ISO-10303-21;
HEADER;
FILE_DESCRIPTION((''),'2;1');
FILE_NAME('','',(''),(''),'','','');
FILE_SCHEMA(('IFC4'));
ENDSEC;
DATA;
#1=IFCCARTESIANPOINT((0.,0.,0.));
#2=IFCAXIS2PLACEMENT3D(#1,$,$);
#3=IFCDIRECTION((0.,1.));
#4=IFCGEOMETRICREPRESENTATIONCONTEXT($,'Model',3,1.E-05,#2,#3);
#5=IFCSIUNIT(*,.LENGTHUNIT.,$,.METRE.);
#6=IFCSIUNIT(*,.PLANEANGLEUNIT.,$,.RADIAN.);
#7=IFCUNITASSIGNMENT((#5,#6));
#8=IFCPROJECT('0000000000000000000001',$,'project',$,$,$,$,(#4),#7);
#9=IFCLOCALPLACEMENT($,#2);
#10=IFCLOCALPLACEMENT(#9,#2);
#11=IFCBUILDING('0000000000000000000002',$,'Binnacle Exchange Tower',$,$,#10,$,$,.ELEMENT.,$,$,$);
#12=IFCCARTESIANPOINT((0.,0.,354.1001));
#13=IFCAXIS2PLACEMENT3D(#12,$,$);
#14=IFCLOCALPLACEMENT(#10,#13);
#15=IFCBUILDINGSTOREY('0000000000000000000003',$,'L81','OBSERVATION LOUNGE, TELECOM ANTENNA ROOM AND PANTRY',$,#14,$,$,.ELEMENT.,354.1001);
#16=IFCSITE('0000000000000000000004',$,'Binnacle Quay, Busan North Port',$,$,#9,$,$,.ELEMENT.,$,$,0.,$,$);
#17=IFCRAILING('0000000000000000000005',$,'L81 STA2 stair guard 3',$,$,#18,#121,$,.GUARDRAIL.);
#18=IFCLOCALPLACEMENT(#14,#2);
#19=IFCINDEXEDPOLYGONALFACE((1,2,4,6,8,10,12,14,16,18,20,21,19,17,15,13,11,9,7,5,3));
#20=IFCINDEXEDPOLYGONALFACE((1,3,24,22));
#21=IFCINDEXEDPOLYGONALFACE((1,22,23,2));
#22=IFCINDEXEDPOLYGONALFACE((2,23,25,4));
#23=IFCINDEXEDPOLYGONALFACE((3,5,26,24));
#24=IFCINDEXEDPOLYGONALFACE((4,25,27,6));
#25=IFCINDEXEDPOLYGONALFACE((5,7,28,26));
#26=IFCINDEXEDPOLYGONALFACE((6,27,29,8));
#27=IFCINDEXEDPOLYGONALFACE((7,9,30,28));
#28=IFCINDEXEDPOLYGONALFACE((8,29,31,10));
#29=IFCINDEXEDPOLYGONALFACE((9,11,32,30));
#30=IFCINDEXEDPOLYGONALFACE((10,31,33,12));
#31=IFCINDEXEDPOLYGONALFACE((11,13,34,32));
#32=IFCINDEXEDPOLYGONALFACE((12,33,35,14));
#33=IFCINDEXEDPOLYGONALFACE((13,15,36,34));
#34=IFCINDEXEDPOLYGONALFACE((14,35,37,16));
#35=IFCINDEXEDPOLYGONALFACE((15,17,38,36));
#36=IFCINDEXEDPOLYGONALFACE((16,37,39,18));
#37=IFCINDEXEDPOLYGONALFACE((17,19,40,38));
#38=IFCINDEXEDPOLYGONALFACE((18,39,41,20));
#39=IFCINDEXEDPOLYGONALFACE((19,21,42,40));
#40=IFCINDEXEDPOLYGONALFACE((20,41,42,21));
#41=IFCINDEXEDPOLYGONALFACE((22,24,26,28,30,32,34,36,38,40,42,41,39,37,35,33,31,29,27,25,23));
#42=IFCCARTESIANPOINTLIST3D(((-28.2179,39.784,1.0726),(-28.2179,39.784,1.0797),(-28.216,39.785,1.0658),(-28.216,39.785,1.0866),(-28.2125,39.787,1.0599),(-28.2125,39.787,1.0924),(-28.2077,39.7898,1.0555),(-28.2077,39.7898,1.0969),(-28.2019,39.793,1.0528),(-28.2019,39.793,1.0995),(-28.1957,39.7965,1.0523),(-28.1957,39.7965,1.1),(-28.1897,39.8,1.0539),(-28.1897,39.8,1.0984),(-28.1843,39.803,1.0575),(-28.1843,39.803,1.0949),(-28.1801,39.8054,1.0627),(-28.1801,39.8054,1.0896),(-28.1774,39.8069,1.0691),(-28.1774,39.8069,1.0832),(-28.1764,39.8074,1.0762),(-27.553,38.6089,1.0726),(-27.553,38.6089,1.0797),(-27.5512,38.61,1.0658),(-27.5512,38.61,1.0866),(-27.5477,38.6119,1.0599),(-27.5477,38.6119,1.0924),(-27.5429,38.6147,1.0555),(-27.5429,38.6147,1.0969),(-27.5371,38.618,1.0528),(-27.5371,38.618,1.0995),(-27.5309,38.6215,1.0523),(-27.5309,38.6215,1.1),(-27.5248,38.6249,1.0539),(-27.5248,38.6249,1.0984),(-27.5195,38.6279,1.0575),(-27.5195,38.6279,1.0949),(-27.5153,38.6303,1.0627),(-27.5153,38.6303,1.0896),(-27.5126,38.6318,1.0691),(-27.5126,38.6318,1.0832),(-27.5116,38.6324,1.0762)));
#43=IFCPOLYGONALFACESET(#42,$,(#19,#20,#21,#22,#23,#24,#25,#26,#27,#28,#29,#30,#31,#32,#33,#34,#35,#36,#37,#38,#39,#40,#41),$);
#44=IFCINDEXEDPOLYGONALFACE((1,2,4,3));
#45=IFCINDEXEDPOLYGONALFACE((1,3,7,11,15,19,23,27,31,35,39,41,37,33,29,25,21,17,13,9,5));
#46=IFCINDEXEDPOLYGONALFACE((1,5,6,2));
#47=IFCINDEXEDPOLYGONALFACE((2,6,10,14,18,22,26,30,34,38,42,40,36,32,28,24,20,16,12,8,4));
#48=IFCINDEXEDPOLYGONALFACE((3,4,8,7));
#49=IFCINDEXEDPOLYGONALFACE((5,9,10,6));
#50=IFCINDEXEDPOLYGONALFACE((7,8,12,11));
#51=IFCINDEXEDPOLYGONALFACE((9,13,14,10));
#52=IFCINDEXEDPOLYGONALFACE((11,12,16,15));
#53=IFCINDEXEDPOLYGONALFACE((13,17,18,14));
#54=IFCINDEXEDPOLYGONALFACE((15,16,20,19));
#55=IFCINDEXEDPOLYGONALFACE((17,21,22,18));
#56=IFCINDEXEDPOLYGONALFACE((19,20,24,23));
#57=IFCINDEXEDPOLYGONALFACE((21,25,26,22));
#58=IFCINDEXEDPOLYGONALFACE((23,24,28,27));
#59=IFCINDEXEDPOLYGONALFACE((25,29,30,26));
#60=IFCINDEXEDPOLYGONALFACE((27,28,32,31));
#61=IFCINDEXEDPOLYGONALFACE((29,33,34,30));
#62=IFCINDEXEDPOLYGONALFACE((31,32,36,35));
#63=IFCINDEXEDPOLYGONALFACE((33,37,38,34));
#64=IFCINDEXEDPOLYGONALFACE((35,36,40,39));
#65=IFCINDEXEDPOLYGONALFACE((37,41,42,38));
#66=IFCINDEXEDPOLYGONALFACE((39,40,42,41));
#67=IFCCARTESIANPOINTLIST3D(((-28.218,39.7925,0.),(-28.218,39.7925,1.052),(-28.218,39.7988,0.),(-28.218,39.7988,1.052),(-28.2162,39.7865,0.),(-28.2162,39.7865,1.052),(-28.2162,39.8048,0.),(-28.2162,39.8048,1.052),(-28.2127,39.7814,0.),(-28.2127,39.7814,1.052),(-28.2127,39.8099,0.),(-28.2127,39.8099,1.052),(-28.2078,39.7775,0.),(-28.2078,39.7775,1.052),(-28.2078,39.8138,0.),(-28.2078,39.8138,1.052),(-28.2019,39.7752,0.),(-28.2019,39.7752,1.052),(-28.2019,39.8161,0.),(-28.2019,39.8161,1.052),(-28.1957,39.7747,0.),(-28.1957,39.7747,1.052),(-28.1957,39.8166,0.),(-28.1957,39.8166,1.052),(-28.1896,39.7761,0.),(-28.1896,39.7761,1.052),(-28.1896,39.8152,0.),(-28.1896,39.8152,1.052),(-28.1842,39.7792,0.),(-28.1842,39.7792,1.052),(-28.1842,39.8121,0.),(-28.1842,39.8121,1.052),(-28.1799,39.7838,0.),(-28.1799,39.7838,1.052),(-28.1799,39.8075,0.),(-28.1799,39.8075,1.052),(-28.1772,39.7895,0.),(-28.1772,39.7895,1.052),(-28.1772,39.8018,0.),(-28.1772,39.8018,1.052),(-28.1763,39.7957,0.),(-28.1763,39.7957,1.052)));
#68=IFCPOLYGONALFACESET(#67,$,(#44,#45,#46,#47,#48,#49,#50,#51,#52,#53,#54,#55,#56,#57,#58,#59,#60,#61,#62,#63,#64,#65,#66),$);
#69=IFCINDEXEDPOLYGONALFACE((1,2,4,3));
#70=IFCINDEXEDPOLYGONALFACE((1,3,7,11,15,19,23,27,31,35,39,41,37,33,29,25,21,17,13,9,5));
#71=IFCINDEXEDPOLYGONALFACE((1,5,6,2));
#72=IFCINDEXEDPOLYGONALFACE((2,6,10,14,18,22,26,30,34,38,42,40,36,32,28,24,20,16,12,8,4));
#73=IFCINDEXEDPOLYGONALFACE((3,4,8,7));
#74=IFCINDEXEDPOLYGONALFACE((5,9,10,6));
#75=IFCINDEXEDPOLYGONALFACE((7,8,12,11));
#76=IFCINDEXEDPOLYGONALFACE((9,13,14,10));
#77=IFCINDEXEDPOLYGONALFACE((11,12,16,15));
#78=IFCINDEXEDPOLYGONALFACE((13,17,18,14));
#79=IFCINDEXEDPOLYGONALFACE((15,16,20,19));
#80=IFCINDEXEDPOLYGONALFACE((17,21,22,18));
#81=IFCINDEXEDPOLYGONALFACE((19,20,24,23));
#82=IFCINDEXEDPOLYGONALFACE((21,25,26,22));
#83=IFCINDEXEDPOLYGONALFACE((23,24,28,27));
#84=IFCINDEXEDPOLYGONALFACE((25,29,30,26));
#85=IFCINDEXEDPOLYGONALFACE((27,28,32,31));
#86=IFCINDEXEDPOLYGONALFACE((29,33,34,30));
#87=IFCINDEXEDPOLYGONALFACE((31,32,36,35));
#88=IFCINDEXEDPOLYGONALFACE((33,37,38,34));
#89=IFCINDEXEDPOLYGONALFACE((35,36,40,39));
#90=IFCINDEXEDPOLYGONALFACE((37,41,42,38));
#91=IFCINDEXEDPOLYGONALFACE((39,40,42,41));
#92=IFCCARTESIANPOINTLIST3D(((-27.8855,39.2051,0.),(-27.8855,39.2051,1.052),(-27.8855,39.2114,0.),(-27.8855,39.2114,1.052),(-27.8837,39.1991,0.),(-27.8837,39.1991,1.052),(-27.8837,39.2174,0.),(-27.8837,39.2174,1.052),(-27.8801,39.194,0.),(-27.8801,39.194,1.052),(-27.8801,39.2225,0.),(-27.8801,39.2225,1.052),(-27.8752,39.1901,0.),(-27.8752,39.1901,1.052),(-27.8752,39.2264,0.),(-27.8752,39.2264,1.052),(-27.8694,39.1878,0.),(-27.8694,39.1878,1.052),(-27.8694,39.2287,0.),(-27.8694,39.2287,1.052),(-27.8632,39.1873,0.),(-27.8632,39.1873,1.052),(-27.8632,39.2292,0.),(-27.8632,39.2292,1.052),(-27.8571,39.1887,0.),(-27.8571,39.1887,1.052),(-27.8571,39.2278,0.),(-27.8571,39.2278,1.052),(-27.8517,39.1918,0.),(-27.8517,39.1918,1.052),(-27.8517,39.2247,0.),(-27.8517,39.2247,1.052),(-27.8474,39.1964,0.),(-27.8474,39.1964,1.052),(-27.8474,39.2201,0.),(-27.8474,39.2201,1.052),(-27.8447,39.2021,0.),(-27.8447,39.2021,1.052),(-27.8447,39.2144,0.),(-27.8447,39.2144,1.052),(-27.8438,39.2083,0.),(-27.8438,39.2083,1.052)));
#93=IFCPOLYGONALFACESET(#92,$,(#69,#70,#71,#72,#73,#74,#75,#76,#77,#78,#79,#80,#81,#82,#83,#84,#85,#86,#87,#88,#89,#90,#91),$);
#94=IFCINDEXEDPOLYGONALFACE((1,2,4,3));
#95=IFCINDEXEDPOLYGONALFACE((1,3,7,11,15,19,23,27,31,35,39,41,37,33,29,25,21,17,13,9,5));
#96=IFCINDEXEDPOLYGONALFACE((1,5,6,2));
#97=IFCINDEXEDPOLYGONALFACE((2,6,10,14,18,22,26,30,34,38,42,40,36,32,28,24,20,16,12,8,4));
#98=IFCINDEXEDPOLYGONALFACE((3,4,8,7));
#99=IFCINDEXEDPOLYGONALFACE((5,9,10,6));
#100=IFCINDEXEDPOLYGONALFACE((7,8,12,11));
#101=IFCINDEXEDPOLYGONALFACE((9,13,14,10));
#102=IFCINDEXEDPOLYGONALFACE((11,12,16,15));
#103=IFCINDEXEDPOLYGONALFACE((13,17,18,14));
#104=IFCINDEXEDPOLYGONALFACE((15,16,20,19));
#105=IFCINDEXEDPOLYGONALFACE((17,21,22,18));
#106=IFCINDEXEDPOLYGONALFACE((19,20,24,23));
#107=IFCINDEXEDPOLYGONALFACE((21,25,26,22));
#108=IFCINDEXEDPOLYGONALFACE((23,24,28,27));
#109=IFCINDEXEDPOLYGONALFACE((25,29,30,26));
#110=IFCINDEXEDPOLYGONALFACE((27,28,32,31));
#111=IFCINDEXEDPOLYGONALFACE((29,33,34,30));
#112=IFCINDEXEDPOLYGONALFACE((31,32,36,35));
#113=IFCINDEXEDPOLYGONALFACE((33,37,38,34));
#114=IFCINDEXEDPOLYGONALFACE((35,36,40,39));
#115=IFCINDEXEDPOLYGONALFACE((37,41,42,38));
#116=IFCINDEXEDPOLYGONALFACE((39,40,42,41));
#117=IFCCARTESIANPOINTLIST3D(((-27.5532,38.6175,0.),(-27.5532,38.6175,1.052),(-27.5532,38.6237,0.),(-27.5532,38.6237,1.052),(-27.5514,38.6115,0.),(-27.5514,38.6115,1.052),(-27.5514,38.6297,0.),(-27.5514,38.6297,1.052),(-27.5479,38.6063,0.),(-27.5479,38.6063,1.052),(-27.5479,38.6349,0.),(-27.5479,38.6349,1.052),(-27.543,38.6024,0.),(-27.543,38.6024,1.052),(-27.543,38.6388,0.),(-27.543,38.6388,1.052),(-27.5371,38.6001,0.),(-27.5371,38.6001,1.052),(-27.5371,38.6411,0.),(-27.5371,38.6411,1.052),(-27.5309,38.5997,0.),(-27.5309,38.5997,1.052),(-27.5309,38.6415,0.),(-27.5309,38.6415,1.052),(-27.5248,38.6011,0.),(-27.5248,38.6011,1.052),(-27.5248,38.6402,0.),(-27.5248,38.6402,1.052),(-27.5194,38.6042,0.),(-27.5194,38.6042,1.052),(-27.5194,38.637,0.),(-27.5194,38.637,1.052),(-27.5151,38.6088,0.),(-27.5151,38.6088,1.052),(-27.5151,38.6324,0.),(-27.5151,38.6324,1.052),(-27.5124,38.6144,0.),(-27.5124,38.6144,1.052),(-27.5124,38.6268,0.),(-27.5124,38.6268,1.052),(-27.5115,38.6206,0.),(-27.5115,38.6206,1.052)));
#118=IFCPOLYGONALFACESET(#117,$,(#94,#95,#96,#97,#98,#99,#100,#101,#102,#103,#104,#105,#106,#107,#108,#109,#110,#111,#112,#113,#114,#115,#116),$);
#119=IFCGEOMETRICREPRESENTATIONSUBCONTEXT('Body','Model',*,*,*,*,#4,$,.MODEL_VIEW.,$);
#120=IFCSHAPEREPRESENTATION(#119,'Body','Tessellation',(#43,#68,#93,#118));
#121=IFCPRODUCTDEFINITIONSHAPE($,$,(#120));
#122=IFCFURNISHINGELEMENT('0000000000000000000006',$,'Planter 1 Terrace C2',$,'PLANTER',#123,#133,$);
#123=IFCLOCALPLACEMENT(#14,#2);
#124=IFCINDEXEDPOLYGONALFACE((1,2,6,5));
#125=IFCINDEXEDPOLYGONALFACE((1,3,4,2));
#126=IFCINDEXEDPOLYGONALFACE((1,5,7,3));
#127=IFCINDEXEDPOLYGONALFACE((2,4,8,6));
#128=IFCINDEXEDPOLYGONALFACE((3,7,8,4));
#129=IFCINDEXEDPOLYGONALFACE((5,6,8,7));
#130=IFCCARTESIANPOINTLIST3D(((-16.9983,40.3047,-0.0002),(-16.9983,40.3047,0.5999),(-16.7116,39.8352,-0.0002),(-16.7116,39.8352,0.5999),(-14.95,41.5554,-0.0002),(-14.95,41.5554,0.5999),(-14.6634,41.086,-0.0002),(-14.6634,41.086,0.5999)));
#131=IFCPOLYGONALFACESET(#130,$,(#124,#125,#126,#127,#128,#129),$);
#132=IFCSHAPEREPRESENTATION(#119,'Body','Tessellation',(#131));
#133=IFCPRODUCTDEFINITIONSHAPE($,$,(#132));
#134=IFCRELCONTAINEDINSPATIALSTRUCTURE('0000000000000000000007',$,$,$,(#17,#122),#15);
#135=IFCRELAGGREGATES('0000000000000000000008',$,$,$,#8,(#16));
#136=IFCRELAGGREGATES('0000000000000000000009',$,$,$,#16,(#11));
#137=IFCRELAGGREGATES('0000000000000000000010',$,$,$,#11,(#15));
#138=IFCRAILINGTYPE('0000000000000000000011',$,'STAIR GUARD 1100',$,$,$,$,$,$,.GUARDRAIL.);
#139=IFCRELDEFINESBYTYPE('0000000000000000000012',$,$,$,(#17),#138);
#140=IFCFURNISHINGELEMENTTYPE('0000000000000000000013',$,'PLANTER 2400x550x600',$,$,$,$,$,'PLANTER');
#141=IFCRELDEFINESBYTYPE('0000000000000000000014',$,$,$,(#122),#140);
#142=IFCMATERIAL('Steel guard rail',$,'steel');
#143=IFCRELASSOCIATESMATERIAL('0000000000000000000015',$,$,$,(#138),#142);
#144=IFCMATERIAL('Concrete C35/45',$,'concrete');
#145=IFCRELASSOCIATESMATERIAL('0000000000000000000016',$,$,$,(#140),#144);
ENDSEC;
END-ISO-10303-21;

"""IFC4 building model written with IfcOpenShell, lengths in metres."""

from ifc_helpers import new_model, si_unit, direction, frame, origin, origin_2d, place, context, subcontext, project, spatial, rectangle, circle, extrude, material, type_object, element, save


model = new_model("IFC4")

# Units and contexts
model_context = context("Model", 3, precision=1e-05, world=origin(), true_north=direction((0.0, 1.0)))
body_context = subcontext(model_context, "Body", "Model", "MODEL_VIEW")
ifc_project = project(units=[si_unit("LENGTHUNIT", "METRE"), si_unit("PLANEANGLEUNIT", "RADIAN")], contexts=[model_context])

# Site, building, storey
site_placement = place(None, origin())
site = spatial("IfcSite", under=ifc_project, at=site_placement, Name="Binnacle Quay, Busan North Port", CompositionType="ELEMENT", RefElevation=0.0)
building_placement = place(site_placement, origin())
building = spatial("IfcBuilding", under=site, at=building_placement, Name="Binnacle Exchange Tower", CompositionType="ELEMENT")
storey_placement = place(building_placement, frame((0.0, 0.0, 354.1001)))
storey = spatial("IfcBuildingStorey", under=building, at=storey_placement, Name="L81", Description="OBSERVATION LOUNGE, TELECOM ANTENNA ROOM AND PANTRY", CompositionType="ELEMENT", Elevation=354.1001)

# Shared definitions
ifc_material_1 = material(Name="Concrete C35/45", Category="concrete")

# Railing
ifc_material_2 = material(Name="Steel guard rail", Category="steel")
railing_type_1 = type_object("IfcRailingType", Name="STAIR GUARD 1100", PredefinedType="GUARDRAIL", material=ifc_material_2)
railing_1_placement = place(storey_placement, frame((-28.1973, 39.7957, 0.0)))
element("IfcRailing", 1, at=railing_1_placement, inside=storey, type_object=railing_type_1, Name="L81 STA2 stair guard 3", PredefinedType="GUARDRAIL", context=body_context, shape_type="SweptSolid", body=[
    extrude(circle(Radius=0.0239, at=origin_2d()), frame((0.0, 0.0, 1.0762), z_axis=(0.492415, -0.870361, 0.0), x_axis=(0.870361, 0.492415, 0.0)), (0.0, 0.0, 1.0), 1.3501),
    extrude(circle(Radius=0.021, at=origin_2d()), origin(), (0.0, 0.0, 1.0), 1.052),
    extrude(circle(Radius=0.021, at=origin_2d()), frame((0.3325, -0.5874, 0.0)), (0.0, 0.0, 1.0), 1.052),
    extrude(circle(Radius=0.021, at=origin_2d()), frame((0.6648, -1.175, 0.0)), (0.0, 0.0, 1.0), 1.052),
])

# Furnishing element
furnishing_element_type = type_object("IfcFurnishingElementType", Name="PLANTER 2400x550x600", ElementType="PLANTER", material=ifc_material_1)
furnishing_placement = place(storey_placement, frame((-15.8308, 40.6953, -0.0002), z_axis=(0.0, 0.0, 1.0), x_axis=(0.853462, 0.521156, 0.0)))
element("IfcFurnishingElement", 2, at=furnishing_placement, inside=storey, type_object=furnishing_element_type, Name="Planter 1 Terrace C2", ObjectType="PLANTER", context=body_context, shape_type="SweptSolid", body=[
    extrude(rectangle(XDim=2.3999, YDim=0.55, at=origin_2d()), origin(), (0.0, 0.0, 1.0), 0.6001),
])

save(model, "model.ifc")
